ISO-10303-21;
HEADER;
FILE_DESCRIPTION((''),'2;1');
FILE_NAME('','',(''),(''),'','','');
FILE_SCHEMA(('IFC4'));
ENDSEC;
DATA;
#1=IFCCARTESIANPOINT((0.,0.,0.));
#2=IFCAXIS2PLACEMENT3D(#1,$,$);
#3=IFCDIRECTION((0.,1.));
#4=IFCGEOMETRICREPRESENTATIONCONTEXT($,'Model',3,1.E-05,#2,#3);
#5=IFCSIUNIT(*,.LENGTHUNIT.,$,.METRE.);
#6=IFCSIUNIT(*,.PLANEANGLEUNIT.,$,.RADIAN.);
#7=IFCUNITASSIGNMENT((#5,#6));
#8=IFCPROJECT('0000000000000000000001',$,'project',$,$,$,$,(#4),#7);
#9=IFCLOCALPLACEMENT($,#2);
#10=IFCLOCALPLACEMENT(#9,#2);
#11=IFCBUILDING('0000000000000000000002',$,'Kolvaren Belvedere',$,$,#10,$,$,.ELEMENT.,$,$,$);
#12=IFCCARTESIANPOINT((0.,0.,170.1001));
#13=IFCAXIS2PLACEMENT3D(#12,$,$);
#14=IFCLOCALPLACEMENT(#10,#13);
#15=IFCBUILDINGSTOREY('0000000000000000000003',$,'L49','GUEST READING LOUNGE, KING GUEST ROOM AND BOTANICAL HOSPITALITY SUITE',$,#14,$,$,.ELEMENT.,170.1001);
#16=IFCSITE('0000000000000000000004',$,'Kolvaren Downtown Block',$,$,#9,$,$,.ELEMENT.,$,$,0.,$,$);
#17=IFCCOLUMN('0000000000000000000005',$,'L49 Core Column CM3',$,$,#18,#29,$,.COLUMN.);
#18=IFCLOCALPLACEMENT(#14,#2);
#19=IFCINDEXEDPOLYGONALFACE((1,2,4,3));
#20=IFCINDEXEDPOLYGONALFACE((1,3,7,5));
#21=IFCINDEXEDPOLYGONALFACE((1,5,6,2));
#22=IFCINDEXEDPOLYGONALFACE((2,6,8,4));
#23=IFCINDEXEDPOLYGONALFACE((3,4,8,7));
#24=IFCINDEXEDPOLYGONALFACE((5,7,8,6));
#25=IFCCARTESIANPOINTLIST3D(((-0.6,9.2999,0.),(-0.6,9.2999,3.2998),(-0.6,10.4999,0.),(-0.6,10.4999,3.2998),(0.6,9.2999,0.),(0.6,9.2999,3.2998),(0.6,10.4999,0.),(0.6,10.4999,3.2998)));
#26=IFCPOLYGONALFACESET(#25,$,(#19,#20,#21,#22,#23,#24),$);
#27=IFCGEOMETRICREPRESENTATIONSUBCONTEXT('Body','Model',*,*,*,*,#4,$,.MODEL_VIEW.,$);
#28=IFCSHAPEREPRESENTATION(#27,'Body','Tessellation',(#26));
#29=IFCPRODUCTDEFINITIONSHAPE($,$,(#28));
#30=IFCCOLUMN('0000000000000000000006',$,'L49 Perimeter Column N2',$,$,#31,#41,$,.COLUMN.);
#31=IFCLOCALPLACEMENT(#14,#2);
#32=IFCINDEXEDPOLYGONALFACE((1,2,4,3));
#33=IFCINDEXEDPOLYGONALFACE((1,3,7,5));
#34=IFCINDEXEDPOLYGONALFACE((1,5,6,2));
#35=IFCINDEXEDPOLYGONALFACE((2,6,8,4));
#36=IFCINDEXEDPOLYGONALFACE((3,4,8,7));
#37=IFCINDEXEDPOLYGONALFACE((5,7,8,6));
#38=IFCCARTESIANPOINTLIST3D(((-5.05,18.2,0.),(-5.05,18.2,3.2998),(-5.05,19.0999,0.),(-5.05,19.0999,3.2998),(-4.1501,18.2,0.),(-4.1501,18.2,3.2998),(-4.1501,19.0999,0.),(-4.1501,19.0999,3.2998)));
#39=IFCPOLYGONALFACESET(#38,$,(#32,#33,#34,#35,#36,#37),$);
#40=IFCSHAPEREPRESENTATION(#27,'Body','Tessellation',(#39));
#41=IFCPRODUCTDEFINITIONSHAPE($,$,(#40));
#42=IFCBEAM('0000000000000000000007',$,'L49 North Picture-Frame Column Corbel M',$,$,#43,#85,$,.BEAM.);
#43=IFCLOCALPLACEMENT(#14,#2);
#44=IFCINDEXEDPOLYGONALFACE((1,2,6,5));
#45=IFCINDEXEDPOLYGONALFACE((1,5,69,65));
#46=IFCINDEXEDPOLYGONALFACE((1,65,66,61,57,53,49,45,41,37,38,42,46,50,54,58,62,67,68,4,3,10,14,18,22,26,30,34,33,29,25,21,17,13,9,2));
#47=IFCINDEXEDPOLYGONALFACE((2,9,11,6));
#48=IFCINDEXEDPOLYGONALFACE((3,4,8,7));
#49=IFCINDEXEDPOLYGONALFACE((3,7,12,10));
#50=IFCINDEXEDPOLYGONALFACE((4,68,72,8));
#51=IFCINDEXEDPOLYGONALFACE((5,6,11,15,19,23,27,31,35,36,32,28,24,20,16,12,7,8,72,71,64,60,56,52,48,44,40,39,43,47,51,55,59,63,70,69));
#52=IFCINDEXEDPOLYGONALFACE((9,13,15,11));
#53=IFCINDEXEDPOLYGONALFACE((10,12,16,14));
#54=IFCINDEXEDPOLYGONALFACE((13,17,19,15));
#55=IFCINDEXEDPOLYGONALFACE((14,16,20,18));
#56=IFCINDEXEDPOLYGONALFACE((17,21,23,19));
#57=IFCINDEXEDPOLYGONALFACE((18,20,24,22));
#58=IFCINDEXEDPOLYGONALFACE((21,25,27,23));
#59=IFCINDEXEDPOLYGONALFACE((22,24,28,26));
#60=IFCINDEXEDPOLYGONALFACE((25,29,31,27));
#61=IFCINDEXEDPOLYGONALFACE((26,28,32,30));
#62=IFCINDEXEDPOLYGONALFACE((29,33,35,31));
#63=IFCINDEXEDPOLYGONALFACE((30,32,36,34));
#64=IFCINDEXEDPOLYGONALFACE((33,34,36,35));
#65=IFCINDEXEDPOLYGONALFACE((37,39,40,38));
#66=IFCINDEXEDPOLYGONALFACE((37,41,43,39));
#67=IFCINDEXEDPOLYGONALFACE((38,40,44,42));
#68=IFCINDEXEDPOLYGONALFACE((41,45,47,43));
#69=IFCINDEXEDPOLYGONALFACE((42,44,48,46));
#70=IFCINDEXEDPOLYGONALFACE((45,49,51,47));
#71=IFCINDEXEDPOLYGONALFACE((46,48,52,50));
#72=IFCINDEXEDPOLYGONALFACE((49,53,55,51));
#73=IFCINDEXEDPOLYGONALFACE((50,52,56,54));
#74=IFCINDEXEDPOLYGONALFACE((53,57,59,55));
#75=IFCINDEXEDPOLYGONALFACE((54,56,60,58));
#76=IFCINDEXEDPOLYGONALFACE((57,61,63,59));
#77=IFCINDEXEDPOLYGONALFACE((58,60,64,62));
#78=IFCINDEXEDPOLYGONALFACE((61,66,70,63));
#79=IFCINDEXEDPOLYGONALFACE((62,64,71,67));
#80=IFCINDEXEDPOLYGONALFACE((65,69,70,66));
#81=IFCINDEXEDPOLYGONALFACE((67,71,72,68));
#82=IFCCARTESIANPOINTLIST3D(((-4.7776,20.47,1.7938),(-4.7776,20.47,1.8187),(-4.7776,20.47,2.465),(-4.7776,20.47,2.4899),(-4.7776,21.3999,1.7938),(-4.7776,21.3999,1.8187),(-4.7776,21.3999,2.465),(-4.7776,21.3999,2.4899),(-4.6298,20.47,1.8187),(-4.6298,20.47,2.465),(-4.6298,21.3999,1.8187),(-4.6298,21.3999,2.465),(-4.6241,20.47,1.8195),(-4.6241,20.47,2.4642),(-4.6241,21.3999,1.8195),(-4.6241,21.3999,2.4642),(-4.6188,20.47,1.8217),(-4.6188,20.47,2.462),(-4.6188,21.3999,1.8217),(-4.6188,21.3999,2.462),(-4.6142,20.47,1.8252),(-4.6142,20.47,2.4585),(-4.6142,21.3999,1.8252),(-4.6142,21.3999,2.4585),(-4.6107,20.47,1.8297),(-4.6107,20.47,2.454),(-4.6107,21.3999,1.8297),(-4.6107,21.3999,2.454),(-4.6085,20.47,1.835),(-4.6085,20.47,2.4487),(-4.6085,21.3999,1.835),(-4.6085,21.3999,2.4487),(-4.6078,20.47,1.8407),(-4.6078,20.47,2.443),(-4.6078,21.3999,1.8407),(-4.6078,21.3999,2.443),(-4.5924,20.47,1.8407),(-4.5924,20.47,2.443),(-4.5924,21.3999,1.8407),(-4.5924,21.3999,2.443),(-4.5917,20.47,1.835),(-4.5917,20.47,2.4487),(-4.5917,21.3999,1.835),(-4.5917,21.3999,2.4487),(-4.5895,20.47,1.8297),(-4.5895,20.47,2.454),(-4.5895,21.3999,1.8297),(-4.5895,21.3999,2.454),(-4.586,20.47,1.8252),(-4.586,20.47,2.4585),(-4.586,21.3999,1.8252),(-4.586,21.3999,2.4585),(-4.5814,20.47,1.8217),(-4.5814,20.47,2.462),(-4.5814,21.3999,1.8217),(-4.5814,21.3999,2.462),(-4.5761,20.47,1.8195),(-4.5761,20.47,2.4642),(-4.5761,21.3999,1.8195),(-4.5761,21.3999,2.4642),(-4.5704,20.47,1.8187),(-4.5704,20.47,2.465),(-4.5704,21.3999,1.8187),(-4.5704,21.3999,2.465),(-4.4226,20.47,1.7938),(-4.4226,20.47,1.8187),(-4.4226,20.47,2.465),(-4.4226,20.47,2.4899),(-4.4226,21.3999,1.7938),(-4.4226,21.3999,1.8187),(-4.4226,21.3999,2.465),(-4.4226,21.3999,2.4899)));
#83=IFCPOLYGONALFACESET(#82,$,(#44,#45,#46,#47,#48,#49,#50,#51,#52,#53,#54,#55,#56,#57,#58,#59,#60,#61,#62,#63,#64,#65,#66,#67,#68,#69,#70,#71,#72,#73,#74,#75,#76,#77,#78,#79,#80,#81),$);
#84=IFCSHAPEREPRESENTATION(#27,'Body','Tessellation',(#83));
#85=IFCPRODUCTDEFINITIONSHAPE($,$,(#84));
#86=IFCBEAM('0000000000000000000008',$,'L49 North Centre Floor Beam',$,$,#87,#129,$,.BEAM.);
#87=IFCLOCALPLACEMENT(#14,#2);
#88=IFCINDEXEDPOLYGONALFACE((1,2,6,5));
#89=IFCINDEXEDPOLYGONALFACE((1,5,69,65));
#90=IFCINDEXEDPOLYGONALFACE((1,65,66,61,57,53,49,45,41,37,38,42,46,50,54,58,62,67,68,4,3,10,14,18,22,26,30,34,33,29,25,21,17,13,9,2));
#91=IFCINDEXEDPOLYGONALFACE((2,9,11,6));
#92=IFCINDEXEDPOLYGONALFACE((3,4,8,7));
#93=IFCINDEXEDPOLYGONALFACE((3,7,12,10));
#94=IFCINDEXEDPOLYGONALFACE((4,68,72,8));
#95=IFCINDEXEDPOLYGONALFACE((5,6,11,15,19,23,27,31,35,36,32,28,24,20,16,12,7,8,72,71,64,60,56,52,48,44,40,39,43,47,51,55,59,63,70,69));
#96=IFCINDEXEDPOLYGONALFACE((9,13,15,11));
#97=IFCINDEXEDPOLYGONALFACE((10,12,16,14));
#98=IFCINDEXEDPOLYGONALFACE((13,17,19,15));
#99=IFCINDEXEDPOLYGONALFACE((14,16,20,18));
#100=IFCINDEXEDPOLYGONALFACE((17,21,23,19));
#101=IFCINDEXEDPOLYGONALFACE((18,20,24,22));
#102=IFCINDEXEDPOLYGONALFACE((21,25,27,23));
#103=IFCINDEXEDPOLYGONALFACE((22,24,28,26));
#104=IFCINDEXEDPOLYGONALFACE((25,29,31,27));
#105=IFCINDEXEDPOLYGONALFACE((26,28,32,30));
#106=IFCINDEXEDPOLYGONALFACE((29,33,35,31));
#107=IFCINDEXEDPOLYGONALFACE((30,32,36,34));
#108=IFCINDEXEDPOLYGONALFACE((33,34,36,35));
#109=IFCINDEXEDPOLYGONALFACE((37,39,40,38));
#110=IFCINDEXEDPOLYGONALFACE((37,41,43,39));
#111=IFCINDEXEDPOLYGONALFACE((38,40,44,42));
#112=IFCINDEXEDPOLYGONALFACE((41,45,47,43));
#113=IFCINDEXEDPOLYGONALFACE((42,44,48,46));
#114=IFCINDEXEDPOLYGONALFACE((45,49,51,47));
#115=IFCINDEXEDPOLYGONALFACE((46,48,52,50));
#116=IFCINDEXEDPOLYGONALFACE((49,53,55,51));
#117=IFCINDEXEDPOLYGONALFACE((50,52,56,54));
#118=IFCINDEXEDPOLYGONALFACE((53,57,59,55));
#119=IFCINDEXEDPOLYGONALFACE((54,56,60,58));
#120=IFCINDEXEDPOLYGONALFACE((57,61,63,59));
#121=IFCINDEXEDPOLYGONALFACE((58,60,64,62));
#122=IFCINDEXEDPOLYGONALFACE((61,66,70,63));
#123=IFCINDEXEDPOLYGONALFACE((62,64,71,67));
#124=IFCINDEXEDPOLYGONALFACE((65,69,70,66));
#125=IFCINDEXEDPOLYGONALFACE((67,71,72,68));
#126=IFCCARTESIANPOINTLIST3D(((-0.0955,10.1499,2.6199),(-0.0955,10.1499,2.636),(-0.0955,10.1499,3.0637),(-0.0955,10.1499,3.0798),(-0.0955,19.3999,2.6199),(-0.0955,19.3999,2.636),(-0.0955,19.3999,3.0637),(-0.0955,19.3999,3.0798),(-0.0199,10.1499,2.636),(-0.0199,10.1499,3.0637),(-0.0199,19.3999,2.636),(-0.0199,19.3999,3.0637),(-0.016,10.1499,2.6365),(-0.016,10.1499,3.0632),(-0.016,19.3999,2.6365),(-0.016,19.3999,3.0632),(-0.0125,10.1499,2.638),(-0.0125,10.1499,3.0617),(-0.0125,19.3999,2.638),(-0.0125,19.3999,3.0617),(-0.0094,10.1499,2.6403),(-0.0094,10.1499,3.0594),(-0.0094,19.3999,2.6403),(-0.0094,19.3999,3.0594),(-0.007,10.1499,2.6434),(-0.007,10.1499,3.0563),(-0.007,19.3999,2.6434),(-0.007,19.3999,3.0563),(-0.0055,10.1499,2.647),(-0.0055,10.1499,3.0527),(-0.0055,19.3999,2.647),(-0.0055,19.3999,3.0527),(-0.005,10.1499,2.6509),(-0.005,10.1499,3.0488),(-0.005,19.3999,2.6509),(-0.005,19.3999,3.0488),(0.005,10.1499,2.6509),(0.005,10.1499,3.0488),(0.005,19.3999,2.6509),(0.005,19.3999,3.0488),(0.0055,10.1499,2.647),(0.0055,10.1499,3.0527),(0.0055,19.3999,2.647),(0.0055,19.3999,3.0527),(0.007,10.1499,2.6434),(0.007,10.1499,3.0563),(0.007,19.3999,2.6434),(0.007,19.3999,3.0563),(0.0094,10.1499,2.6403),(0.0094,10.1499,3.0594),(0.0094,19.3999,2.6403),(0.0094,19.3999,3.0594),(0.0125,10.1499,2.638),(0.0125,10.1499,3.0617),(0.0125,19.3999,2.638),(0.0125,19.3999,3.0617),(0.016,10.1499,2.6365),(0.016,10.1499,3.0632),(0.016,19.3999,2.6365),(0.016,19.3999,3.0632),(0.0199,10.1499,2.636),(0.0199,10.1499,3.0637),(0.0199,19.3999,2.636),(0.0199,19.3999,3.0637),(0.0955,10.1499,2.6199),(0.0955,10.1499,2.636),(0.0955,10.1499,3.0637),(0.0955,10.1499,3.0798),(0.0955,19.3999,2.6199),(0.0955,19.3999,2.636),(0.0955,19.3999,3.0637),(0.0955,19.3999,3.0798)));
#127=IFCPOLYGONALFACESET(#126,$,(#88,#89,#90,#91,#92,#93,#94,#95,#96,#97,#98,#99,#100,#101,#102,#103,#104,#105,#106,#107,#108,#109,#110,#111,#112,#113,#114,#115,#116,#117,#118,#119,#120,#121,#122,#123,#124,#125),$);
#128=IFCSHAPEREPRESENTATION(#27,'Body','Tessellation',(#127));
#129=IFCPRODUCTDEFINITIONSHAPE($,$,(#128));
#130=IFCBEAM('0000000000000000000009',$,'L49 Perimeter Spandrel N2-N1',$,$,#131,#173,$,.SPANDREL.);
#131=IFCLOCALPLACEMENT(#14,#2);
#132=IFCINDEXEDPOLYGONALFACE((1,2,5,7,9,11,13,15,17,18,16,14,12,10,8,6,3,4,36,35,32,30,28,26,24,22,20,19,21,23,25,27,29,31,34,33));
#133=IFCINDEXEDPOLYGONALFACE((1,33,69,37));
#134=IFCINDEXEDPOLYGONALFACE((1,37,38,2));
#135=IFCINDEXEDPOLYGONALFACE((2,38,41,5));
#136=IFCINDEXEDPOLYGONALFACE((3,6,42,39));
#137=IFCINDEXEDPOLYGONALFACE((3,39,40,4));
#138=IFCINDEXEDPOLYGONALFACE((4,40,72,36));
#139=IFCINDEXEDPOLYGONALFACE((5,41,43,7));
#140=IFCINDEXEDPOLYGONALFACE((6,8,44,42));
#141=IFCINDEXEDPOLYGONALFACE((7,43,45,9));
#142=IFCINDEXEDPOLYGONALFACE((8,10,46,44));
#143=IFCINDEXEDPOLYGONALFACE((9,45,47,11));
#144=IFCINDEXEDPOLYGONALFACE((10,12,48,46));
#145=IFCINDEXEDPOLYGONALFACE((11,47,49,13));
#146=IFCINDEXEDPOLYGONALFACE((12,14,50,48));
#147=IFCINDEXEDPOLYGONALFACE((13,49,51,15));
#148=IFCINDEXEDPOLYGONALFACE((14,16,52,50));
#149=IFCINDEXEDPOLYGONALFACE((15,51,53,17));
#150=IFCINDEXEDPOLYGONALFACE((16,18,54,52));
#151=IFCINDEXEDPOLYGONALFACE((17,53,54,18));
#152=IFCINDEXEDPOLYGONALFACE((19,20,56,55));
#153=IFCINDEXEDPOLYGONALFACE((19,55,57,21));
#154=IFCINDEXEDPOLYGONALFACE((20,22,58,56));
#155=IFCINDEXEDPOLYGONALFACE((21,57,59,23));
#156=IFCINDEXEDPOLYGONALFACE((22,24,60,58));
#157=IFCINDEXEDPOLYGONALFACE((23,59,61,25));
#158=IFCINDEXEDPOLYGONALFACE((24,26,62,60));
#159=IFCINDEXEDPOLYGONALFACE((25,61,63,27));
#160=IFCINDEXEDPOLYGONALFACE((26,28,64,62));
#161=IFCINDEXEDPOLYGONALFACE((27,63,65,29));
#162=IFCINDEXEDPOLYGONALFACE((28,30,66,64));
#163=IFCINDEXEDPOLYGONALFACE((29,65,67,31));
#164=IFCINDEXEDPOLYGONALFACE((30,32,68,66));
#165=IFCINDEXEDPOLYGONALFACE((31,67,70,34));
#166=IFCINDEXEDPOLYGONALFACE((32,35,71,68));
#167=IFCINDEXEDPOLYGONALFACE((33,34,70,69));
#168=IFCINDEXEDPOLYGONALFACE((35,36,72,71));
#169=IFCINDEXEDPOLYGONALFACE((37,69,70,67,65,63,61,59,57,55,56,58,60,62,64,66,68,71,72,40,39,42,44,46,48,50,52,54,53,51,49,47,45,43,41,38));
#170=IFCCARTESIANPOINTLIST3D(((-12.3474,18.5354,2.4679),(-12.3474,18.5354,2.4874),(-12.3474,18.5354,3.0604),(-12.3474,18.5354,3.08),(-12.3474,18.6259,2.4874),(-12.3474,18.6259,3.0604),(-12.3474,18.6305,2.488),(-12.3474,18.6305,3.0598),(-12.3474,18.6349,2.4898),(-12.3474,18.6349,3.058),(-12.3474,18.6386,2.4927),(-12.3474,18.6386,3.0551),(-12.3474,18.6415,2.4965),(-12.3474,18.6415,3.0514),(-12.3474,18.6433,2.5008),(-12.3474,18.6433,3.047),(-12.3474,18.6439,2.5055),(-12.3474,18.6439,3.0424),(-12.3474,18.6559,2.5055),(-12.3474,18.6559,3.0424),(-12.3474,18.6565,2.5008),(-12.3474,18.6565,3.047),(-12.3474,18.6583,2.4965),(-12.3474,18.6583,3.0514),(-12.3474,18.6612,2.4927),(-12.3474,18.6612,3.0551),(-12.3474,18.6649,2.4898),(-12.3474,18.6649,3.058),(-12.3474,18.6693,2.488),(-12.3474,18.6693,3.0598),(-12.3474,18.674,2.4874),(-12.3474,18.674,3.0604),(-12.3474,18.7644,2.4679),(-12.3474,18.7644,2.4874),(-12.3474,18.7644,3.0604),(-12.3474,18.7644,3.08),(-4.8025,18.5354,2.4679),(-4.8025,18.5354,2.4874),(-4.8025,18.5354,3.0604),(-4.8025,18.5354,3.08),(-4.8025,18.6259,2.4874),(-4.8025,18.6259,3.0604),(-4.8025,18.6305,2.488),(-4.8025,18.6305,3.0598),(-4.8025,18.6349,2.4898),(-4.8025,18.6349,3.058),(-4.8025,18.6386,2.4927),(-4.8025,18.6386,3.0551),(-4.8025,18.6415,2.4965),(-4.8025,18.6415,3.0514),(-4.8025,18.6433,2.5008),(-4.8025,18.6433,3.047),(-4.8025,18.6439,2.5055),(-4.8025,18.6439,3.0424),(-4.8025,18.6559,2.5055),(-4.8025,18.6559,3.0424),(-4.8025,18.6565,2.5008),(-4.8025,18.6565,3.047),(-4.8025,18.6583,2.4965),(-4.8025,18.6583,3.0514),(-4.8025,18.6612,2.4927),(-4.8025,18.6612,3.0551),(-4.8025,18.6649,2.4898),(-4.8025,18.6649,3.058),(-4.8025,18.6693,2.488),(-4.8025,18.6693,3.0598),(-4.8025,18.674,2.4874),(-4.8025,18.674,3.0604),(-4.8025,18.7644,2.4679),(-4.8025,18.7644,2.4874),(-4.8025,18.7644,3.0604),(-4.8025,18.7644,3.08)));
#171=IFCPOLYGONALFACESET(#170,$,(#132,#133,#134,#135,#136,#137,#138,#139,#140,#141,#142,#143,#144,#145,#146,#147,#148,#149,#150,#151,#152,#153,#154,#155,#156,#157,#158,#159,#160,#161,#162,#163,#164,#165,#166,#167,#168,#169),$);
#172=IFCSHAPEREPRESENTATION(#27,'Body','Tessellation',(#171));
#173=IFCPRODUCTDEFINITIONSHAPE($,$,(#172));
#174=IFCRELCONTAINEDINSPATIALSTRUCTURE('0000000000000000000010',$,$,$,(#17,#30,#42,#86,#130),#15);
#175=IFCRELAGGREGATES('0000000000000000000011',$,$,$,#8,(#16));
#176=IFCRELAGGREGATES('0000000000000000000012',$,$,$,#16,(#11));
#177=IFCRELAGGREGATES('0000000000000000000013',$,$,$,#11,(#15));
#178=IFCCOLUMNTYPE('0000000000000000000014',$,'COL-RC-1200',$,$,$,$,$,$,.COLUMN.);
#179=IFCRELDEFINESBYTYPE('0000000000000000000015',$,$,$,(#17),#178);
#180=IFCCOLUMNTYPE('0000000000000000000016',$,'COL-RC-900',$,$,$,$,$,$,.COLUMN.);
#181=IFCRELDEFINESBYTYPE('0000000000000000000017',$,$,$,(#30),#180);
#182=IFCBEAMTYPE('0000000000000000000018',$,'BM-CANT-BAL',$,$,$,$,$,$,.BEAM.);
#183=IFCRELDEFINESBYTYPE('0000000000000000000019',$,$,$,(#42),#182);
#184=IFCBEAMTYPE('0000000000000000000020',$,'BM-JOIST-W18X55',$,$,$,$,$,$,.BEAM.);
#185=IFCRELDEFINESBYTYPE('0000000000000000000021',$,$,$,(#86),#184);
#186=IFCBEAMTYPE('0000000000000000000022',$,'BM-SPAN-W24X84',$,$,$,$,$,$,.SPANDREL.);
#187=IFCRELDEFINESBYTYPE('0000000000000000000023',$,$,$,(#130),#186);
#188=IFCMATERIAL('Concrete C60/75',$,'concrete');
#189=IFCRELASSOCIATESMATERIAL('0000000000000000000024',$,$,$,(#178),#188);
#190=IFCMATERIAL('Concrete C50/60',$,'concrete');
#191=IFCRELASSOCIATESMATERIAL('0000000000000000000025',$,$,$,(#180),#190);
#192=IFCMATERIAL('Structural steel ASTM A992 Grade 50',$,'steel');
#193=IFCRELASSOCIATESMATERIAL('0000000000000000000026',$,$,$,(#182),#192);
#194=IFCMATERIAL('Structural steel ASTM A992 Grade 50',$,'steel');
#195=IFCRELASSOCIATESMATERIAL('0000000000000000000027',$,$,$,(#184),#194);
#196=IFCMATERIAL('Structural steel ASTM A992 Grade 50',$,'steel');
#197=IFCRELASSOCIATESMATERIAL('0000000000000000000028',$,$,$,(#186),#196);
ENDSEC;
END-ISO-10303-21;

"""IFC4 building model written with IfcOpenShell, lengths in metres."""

from ifc_helpers import new_model, si_unit, direction, frame, origin, origin_2d, place, context, subcontext, project, spatial, rectangle, i_section, extrude, material, material_profile, profile_set, type_object, element, save


model = new_model("IFC4")

# Units and contexts
model_context = context("Model", 3, precision=1e-05, world=origin(), true_north=direction((0.0, 1.0)))
body_context = subcontext(model_context, "Body", "Model", "MODEL_VIEW")
ifc_project = project(units=[si_unit("LENGTHUNIT", "METRE"), si_unit("PLANEANGLEUNIT", "RADIAN")], contexts=[model_context])

# Site, building, storey
site_placement = place(None, origin())
site = spatial("IfcSite", under=ifc_project, at=site_placement, Name="Kolvaren Downtown Block", CompositionType="ELEMENT", RefElevation=0.0)
building_placement = place(site_placement, origin())
building = spatial("IfcBuilding", under=site, at=building_placement, Name="Kolvaren Belvedere", CompositionType="ELEMENT")
storey_placement = place(building_placement, frame((0.0, 0.0, 170.1001)))
storey = spatial("IfcBuildingStorey", under=building, at=storey_placement, Name="L49", Description="GUEST READING LOUNGE, KING GUEST ROOM AND BOTANICAL HOSPITALITY SUITE", CompositionType="ELEMENT", Elevation=170.1001)

# Columns
ifc_material_1 = material(Name="Concrete C60/75", Category="concrete")
ifc_material_profile_1 = material_profile(ifc_material_1, rectangle(XDim=1.2, YDim=1.2, at=origin_2d()), Name="RC 1200X1200")
ifc_profile_set_1 = profile_set([ifc_material_profile_1], Name="Concrete C60/75")
column_type_1 = type_object("IfcColumnType", Name="COL-RC-1200", PredefinedType="COLUMN", material=ifc_profile_set_1)
column_1_placement = place(storey_placement, frame((0.0, 9.8999, 0.0), z_axis=(0.0, 0.0, 1.0), x_axis=(1.0, 0.0, 0.0)))
element("IfcColumn", 1, at=column_1_placement, inside=storey, type_object=column_type_1, Name="L49 Core Column CM3", PredefinedType="COLUMN", context=body_context, shape_type="SweptSolid", body=[
    extrude(rectangle(XDim=1.2, YDim=1.2, at=origin_2d()), origin(), (0.0, 0.0, 1.0), 3.2998),
])
ifc_material_2 = material(Name="Concrete C50/60", Category="concrete")
ifc_material_profile_2 = material_profile(ifc_material_2, rectangle(XDim=0.8999, YDim=0.8999, at=origin_2d()), Name="RC 900X900")
ifc_profile_set_2 = profile_set([ifc_material_profile_2], Name="Concrete C50/60")
column_type_2 = type_object("IfcColumnType", Name="COL-RC-900", PredefinedType="COLUMN", material=ifc_profile_set_2)
column_2_placement = place(storey_placement, frame((-4.6001, 18.6499, 0.0), z_axis=(0.0, 0.0, 1.0), x_axis=(1.0, 0.0, 0.0)))
element("IfcColumn", 2, at=column_2_placement, inside=storey, type_object=column_type_2, Name="L49 Perimeter Column N2", PredefinedType="COLUMN", context=body_context, shape_type="SweptSolid", body=[
    extrude(rectangle(XDim=0.8999, YDim=0.8999, at=origin_2d()), origin(), (0.0, 0.0, 1.0), 3.2998),
])

# Beams
ifc_material_3 = material(Name="Structural steel ASTM A992 Grade 50", Category="steel")
ifc_material_profile_3 = material_profile(ifc_material_3, i_section(OverallWidth=0.355, OverallDepth=0.696, WebThickness=0.0154, FlangeThickness=0.0249, FilletRadius=0.022, at=origin_2d()), Name="W27X146")
ifc_profile_set_3 = profile_set([ifc_material_profile_3], Name="Structural steel ASTM A992 Grade 50")
beam_type_1 = type_object("IfcBeamType", Name="BM-CANT-BAL", PredefinedType="BEAM", material=ifc_profile_set_3)
beam_1_placement = place(storey_placement, frame((-4.6001, 20.47, 2.1418), z_axis=(0.0, 1.0, 0.0), x_axis=(-1.0, 0.0, 0.0)))
element("IfcBeam", 3, at=beam_1_placement, inside=storey, type_object=beam_type_1, Name="L49 North Picture-Frame Column Corbel M", PredefinedType="BEAM", context=body_context, shape_type="SweptSolid", body=[
    extrude(i_section(OverallWidth=0.355, OverallDepth=0.696, WebThickness=0.0154, FlangeThickness=0.0249, FilletRadius=0.022, at=origin_2d()), origin(), (0.0, 0.0, 1.0), 0.9299),
])
ifc_material_4 = material(Name="Structural steel ASTM A992 Grade 50", Category="steel")
ifc_material_profile_4 = material_profile(ifc_material_4, i_section(OverallWidth=0.1909, OverallDepth=0.46, WebThickness=0.01, FlangeThickness=0.0161, FilletRadius=0.0149, at=origin_2d()), Name="W18X55")
ifc_profile_set_4 = profile_set([ifc_material_profile_4], Name="Structural steel ASTM A992 Grade 50")
beam_type_2 = type_object("IfcBeamType", Name="BM-JOIST-W18X55", PredefinedType="BEAM", material=ifc_profile_set_4)
beam_2_placement = place(storey_placement, frame((0.0, 10.1499, 2.8499), z_axis=(0.0, 1.0, 0.0), x_axis=(-1.0, 0.0, 0.0)))
element("IfcBeam", 4, at=beam_2_placement, inside=storey, type_object=beam_type_2, Name="L49 North Centre Floor Beam", PredefinedType="BEAM", context=body_context, shape_type="SweptSolid", body=[
    extrude(i_section(OverallWidth=0.1909, OverallDepth=0.46, WebThickness=0.01, FlangeThickness=0.0161, FilletRadius=0.0149, at=origin_2d()), origin(), (0.0, 0.0, 1.0), 9.25),
])
ifc_material_5 = material(Name="Structural steel ASTM A992 Grade 50", Category="steel")
ifc_material_profile_5 = material_profile(ifc_material_5, i_section(OverallWidth=0.229, OverallDepth=0.6121, WebThickness=0.012, FlangeThickness=0.0195, FilletRadius=0.0181, at=origin_2d()), Name="W24X84")
ifc_profile_set_5 = profile_set([ifc_material_profile_5], Name="Structural steel ASTM A992 Grade 50")
beam_type_3 = type_object("IfcBeamType", Name="BM-SPAN-W24X84", PredefinedType="SPANDREL", material=ifc_profile_set_5)
beam_3_placement = place(storey_placement, frame((-4.8025, 18.6499, 2.7739), z_axis=(-1.0, 0.0, 0.0), x_axis=(0.0, -1.0, 0.0)))
element("IfcBeam", 5, at=beam_3_placement, inside=storey, type_object=beam_type_3, Name="L49 Perimeter Spandrel N2-N1", PredefinedType="SPANDREL", context=body_context, shape_type="SweptSolid", body=[
    extrude(i_section(OverallWidth=0.229, OverallDepth=0.6121, WebThickness=0.012, FlangeThickness=0.0195, FilletRadius=0.0181, at=origin_2d()), origin(), (0.0, 0.0, 1.0), 7.5449),
])

save(model, "model.ifc")
